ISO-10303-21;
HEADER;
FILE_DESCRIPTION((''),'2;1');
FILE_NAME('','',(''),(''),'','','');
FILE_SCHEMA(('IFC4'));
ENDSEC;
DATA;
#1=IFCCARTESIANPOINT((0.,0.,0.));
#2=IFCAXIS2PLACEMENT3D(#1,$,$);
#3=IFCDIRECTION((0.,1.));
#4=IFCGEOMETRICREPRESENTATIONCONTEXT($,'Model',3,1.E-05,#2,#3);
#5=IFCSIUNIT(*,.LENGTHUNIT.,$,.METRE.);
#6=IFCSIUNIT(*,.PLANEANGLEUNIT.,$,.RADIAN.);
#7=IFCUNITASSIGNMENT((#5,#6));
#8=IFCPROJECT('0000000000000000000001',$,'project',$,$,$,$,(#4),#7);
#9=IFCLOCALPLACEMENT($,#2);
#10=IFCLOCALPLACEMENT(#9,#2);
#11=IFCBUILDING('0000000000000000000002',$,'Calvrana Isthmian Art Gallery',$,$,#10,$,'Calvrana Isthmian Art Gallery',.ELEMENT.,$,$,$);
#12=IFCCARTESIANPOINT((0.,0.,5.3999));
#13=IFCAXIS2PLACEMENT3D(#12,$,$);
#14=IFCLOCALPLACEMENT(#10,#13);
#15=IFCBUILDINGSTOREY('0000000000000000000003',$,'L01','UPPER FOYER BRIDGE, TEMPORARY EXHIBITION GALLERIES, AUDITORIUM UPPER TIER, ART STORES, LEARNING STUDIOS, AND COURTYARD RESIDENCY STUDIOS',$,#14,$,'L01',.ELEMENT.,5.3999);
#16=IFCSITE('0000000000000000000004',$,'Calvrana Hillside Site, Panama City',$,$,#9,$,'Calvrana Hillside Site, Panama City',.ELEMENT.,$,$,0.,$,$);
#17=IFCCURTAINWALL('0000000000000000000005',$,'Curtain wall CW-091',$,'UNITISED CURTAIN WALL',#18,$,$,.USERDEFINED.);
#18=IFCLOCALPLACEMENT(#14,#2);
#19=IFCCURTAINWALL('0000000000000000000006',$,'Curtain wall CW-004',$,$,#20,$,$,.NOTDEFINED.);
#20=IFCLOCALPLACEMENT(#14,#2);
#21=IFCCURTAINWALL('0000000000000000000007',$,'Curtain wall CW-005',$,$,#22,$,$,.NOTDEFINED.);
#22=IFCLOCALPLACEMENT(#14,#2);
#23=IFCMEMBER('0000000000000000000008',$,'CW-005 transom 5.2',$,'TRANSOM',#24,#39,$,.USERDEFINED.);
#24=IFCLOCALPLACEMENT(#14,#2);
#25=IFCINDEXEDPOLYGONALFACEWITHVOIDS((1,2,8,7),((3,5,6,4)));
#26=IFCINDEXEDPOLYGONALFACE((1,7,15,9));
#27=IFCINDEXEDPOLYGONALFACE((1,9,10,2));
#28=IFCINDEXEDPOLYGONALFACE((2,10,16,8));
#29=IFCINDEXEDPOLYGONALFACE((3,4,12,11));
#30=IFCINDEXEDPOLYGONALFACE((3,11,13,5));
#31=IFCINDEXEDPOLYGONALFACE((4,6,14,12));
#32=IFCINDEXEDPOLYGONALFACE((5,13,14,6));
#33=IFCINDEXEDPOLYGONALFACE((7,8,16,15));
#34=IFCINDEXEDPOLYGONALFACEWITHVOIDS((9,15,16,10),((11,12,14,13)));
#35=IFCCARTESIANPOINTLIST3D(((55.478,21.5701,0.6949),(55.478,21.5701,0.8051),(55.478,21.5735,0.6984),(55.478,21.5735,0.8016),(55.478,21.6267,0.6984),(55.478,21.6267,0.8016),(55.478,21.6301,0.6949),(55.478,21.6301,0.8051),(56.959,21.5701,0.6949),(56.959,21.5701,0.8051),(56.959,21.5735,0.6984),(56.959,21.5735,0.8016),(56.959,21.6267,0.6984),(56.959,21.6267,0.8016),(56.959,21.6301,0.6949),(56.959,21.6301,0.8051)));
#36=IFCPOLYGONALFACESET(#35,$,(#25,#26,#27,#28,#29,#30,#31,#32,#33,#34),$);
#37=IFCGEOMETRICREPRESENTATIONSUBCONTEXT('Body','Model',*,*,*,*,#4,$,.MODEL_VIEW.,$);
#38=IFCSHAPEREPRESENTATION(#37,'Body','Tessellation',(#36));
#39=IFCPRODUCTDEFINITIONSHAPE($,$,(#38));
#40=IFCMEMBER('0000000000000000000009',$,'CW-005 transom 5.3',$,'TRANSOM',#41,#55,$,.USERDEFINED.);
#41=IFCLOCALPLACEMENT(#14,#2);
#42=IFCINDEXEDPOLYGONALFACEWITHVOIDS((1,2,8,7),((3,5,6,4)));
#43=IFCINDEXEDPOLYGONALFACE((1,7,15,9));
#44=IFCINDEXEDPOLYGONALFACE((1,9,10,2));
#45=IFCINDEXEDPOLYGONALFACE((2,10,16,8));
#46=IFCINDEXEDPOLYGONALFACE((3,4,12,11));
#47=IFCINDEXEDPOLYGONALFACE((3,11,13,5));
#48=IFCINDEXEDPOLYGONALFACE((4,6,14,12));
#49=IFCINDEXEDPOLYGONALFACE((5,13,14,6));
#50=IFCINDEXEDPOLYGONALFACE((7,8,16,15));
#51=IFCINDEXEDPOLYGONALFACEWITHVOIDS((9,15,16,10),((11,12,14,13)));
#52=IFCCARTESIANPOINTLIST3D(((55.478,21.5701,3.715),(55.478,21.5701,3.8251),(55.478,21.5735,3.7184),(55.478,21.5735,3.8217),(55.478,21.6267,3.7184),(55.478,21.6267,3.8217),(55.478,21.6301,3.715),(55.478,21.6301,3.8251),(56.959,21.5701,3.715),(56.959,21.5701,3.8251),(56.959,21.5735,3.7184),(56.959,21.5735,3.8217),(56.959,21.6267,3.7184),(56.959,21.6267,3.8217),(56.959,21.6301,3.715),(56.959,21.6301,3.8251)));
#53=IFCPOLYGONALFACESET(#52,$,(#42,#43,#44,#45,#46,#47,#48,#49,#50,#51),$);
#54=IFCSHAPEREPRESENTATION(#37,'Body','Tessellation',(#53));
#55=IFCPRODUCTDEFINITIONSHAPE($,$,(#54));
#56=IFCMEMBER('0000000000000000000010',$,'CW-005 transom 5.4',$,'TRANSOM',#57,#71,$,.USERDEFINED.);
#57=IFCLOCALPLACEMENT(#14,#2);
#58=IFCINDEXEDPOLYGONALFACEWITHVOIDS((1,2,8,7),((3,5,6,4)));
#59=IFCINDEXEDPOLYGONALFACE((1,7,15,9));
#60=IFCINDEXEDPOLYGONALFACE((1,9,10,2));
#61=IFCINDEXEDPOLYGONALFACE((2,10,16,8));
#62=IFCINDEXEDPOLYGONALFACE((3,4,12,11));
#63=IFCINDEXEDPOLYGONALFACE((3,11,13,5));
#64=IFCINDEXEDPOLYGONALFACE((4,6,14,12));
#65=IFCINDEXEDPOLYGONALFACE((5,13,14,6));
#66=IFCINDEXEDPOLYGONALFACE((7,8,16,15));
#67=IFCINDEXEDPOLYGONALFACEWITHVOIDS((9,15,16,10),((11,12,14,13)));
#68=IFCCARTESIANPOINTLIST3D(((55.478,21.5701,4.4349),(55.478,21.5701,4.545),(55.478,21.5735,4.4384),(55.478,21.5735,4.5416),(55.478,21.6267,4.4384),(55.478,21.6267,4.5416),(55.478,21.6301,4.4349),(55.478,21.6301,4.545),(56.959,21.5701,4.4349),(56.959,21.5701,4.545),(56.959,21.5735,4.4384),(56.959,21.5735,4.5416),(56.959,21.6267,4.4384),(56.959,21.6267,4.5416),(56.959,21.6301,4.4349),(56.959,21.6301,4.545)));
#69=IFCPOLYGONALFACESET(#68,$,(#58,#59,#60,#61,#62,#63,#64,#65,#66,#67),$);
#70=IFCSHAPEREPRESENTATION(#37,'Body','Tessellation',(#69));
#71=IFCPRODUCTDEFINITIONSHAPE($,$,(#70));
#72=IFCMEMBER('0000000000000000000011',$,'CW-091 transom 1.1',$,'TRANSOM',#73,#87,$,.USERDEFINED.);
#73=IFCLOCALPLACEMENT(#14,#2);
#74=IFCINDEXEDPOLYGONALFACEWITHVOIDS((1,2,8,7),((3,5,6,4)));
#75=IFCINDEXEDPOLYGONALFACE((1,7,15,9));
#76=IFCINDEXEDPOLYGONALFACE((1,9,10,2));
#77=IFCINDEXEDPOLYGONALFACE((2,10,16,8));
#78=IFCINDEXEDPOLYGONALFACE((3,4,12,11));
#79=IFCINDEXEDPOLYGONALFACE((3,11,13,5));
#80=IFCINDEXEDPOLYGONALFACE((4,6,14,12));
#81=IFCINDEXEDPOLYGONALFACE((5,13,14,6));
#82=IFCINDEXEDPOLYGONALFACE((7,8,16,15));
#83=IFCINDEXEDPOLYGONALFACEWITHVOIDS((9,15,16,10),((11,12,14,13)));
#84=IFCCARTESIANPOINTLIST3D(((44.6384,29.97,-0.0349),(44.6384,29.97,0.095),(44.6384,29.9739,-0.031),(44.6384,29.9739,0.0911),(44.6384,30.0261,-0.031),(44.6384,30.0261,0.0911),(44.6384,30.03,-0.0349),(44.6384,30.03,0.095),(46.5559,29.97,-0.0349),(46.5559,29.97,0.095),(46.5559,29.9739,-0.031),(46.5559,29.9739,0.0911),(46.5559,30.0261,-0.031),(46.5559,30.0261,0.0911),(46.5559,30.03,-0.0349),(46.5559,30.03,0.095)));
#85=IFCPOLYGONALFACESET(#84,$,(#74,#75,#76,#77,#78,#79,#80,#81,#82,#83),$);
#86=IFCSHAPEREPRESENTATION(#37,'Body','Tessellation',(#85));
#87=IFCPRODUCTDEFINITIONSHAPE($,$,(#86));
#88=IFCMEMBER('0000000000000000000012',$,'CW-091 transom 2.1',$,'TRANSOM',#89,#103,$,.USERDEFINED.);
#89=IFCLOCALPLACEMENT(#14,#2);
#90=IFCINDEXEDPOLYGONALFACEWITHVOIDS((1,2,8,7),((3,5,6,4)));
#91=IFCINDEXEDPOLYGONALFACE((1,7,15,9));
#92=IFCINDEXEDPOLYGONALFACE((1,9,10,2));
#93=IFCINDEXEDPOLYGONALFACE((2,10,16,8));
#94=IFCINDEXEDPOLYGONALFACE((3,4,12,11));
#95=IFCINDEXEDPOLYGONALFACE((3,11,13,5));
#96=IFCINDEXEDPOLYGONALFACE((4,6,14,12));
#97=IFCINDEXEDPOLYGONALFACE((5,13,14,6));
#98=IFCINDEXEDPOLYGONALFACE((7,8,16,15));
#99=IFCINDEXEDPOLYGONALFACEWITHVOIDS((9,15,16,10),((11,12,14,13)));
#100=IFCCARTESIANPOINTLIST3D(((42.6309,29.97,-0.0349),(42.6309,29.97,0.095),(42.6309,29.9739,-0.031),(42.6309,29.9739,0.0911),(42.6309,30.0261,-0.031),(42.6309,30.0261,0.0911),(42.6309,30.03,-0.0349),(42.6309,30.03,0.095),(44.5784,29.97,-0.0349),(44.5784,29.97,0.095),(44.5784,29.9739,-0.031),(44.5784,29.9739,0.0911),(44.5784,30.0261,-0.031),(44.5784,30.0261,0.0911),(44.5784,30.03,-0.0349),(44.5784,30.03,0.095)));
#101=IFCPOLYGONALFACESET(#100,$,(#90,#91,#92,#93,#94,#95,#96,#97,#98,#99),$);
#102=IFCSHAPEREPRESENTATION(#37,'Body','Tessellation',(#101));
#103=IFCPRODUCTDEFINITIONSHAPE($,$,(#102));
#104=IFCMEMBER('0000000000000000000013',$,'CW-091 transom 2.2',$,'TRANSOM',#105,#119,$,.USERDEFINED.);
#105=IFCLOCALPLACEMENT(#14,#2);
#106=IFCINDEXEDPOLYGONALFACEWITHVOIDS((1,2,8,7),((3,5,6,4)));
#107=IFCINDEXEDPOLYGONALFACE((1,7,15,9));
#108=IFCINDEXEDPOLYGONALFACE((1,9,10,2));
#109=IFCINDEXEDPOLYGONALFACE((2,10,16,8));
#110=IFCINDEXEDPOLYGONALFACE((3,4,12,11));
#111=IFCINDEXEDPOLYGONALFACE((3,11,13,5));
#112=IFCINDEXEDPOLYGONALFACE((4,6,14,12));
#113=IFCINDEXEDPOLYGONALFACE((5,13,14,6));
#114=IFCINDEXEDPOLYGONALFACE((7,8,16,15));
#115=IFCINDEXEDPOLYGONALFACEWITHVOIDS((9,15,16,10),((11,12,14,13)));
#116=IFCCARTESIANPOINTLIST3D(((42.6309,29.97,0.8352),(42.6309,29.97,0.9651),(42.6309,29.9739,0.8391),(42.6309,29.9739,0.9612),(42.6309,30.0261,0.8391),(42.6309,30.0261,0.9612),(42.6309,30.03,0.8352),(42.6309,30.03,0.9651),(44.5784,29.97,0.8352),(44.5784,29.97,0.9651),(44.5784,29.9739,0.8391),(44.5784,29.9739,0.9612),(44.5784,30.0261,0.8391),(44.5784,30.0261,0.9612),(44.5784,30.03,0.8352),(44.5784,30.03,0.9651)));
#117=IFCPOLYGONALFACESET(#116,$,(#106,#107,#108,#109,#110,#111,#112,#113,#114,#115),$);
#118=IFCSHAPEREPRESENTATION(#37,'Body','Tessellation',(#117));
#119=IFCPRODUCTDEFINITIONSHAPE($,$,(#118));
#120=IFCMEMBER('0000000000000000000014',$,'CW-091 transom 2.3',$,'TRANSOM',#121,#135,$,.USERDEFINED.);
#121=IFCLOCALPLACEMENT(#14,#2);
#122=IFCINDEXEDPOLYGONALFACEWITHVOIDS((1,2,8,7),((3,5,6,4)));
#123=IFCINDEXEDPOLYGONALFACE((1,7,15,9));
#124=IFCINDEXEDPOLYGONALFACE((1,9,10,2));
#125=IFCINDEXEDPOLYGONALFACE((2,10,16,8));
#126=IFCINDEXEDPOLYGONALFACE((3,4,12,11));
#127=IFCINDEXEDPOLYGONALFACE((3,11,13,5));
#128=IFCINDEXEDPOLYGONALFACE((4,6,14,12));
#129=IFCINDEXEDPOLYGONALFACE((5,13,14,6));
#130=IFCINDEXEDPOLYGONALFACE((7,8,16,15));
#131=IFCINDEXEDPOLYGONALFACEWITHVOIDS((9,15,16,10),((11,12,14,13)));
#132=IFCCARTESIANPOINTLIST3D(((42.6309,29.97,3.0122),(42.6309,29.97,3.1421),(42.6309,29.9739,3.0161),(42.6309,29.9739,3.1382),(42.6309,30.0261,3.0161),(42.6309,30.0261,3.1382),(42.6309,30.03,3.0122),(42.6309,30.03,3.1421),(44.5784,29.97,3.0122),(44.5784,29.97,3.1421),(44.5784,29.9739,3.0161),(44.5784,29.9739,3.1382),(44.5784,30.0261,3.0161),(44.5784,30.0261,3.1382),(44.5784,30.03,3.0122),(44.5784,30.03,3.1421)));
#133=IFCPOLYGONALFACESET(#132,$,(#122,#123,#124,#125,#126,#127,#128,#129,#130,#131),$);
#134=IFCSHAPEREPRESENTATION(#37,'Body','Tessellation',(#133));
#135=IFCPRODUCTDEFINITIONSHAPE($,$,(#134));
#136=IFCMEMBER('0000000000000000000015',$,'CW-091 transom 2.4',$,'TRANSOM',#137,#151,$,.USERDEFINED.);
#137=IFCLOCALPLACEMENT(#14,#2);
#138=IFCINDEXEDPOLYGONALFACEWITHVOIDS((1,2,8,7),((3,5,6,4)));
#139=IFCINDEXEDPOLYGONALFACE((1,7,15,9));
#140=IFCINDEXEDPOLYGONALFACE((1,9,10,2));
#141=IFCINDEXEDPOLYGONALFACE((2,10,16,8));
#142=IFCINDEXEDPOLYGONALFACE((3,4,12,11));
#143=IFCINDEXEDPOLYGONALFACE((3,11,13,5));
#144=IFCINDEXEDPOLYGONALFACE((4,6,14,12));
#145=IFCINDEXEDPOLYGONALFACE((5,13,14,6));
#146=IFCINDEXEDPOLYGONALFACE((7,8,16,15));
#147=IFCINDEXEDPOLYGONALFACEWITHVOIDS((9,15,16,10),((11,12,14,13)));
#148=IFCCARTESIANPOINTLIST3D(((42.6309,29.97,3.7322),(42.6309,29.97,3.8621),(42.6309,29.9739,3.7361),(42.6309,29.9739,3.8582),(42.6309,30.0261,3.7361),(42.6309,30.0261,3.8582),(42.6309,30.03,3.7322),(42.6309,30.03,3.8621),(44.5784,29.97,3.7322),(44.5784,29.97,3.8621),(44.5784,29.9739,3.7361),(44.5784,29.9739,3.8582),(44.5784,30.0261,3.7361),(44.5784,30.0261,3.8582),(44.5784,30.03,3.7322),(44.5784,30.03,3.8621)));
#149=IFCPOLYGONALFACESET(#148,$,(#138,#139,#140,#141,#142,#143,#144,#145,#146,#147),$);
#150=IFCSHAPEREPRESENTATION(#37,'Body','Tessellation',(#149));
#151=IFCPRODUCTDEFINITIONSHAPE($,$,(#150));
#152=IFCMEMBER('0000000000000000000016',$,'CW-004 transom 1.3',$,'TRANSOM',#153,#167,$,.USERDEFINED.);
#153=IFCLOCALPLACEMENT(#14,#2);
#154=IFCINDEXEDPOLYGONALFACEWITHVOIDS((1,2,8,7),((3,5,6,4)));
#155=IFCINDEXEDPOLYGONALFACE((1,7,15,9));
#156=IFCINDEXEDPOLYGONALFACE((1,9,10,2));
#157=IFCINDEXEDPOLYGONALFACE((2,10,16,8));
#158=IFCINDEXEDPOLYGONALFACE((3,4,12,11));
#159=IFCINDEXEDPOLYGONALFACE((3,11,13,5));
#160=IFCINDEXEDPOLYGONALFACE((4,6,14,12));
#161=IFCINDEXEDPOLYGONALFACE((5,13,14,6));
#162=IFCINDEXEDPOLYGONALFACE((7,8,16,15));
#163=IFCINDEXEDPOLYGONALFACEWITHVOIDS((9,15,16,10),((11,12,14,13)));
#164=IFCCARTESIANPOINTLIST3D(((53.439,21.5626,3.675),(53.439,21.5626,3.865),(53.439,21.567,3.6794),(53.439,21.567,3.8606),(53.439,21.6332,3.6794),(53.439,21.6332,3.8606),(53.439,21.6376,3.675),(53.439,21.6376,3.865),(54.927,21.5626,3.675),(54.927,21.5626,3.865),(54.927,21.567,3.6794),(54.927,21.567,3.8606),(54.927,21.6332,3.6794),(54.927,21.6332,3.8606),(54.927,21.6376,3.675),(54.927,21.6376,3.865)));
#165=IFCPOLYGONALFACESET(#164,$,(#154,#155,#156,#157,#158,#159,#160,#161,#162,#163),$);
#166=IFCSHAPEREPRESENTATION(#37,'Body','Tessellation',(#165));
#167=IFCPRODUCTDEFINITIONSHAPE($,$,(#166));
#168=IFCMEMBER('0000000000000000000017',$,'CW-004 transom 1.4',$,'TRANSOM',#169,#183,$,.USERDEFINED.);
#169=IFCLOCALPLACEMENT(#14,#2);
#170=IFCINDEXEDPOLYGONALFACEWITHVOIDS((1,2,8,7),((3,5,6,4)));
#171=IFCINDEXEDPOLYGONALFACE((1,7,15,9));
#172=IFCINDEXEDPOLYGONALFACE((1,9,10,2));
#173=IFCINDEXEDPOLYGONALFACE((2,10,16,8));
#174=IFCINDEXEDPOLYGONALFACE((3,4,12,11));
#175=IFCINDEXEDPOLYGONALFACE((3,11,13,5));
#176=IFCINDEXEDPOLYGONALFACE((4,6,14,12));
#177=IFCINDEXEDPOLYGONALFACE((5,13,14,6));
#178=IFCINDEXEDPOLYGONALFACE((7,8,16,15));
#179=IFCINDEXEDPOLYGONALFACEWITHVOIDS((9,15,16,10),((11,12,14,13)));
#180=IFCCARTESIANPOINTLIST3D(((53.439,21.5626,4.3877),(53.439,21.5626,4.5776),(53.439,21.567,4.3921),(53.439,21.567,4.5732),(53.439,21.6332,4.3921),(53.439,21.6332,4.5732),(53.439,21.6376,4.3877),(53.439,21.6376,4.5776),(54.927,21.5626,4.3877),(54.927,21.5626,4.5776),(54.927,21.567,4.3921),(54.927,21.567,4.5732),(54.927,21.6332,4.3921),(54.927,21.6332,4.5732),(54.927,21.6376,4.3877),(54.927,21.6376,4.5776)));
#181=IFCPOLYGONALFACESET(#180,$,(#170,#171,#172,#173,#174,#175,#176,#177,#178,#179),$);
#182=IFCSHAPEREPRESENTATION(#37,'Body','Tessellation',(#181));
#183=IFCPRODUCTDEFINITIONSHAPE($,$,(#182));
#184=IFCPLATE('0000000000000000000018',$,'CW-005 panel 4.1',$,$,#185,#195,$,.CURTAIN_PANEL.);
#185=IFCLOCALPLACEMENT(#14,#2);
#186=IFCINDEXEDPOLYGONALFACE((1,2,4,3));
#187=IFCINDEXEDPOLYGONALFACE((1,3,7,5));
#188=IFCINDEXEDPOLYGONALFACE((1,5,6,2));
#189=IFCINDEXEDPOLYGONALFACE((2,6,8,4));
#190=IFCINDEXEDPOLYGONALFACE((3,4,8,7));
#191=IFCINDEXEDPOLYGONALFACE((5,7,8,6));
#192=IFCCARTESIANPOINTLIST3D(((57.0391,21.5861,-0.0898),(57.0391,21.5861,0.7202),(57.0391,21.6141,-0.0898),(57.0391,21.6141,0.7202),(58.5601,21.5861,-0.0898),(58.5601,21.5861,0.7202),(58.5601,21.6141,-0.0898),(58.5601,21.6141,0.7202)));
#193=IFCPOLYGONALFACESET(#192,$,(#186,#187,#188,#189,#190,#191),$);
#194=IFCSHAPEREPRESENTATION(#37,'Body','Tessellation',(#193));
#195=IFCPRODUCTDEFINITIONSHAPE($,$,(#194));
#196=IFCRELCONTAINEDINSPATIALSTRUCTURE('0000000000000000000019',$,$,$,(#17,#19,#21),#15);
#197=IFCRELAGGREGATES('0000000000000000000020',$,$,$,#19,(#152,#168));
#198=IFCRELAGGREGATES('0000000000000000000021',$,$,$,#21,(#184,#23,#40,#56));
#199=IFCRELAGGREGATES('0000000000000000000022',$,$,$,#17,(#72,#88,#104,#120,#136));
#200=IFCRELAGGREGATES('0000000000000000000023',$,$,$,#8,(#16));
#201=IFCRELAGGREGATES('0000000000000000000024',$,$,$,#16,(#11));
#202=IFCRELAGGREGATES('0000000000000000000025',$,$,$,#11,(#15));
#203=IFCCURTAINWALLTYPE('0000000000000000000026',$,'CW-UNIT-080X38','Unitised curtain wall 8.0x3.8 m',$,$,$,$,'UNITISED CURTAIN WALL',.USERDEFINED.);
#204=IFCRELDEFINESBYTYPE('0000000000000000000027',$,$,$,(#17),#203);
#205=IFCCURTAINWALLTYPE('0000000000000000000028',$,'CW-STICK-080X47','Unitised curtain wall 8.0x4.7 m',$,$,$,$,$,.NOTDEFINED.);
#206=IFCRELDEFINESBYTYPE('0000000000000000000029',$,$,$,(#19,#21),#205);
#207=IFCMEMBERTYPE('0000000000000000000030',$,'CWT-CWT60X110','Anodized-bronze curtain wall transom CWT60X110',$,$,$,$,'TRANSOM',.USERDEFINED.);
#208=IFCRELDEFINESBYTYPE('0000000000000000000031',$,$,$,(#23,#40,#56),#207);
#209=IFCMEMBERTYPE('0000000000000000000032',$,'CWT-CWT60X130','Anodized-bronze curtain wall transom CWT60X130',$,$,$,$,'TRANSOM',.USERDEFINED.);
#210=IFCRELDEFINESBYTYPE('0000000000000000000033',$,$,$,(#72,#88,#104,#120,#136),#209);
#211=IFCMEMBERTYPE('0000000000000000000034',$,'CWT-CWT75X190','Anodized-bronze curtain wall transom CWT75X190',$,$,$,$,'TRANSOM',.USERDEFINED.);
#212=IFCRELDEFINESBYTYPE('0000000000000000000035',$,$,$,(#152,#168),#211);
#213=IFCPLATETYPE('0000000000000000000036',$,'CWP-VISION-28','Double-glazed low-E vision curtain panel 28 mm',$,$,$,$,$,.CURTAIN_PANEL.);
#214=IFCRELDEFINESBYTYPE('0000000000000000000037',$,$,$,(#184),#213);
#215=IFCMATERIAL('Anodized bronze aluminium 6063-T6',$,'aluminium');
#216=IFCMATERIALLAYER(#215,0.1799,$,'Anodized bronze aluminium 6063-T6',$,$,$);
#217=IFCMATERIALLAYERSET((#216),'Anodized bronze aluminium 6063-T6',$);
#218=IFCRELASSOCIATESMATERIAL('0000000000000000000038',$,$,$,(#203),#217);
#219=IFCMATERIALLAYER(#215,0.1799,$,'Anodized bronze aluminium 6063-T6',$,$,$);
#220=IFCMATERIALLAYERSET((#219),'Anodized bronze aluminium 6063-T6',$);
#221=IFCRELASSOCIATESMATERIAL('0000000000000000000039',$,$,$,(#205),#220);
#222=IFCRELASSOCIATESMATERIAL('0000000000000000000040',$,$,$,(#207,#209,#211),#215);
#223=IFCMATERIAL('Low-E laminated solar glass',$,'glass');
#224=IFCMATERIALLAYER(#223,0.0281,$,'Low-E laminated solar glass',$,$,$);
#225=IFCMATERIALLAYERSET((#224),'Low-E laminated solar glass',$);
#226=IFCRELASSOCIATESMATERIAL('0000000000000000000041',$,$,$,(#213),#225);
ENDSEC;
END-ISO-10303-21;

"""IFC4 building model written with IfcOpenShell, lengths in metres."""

from ifc_helpers import new_model, si_unit, direction, frame, origin, origin_2d, place, context, subcontext, project, spatial, rectangle, hollow_rectangle, extrude, material, layer, layer_set, material_profile, profile_set, type_object, element, aggregate, save


model = new_model("IFC4")

# Units and contexts
model_context = context("Model", 3, precision=1e-05, world=origin(), true_north=direction((0.0, 1.0)))
body_context = subcontext(model_context, "Body", "Model", "MODEL_VIEW")
ifc_project = project(units=[si_unit("LENGTHUNIT", "METRE"), si_unit("PLANEANGLEUNIT", "RADIAN")], contexts=[model_context])

# Site, building, storey
site_placement = place(None, origin())
site = spatial("IfcSite", under=ifc_project, at=site_placement, Name="Calvrana Hillside Site, Panama City", LongName="Calvrana Hillside Site, Panama City", CompositionType="ELEMENT", RefElevation=0.0)
building_placement = place(site_placement, origin())
building = spatial("IfcBuilding", under=site, at=building_placement, Name="Calvrana Isthmian Art Gallery", LongName="Calvrana Isthmian Art Gallery", CompositionType="ELEMENT")
storey_placement = place(building_placement, frame((0.0, 0.0, 5.3999)))
storey = spatial("IfcBuildingStorey", under=building, at=storey_placement, Name="L01", Description="UPPER FOYER BRIDGE, TEMPORARY EXHIBITION GALLERIES, AUDITORIUM UPPER TIER, ART STORES, LEARNING STUDIOS, AND COURTYARD RESIDENCY STUDIOS", LongName="L01", CompositionType="ELEMENT", Elevation=5.3999)

# Curtain walls
ifc_material_1 = material(Name="Anodized bronze aluminium 6063-T6", Category="aluminium")
ifc_layer_1 = layer(ifc_material_1, 0.1799, Name="Anodized bronze aluminium 6063-T6")
ifc_layer_set_1 = layer_set([ifc_layer_1], Name="Anodized bronze aluminium 6063-T6")
curtain_wall_type_1 = type_object("IfcCurtainWallType", Name="CW-UNIT-080X38", Description="Unitised curtain wall 8.0x3.8 m", ElementType="UNITISED CURTAIN WALL", PredefinedType="USERDEFINED", material=ifc_layer_set_1)
curtain_wall_1_placement = place(storey_placement, origin())
curtain_wall_1 = element("IfcCurtainWall", 1, at=curtain_wall_1_placement, inside=storey, type_object=curtain_wall_type_1, Name="Curtain wall CW-091", ObjectType="UNITISED CURTAIN WALL", PredefinedType="USERDEFINED")
ifc_layer_2 = layer(ifc_material_1, 0.1799, Name="Anodized bronze aluminium 6063-T6")
ifc_layer_set_2 = layer_set([ifc_layer_2], Name="Anodized bronze aluminium 6063-T6")
curtain_wall_type_2 = type_object("IfcCurtainWallType", Name="CW-STICK-080X47", Description="Unitised curtain wall 8.0x4.7 m", PredefinedType="NOTDEFINED", material=ifc_layer_set_2)
curtain_wall_2_placement = place(storey_placement, origin())
curtain_wall_2 = element("IfcCurtainWall", 2, at=curtain_wall_2_placement, inside=storey, type_object=curtain_wall_type_2, Name="Curtain wall CW-004", PredefinedType="NOTDEFINED")

# Curtain wall, members
curtain_wall_3_placement = place(storey_placement, origin())
curtain_wall_3 = element("IfcCurtainWall", 3, at=curtain_wall_3_placement, inside=storey, type_object=curtain_wall_type_2, Name="Curtain wall CW-005", PredefinedType="NOTDEFINED")
ifc_material_profile_1 = material_profile(ifc_material_1, hollow_rectangle(XDim=0.0601, YDim=0.1101, WallThickness=0.0034, at=origin_2d()), Name="CWT60X110")
ifc_profile_set_1 = profile_set([ifc_material_profile_1], Name="Anodized bronze aluminium 6063-T6")
member_type_1 = type_object("IfcMemberType", Name="CWT-CWT60X110", Description="Anodized-bronze curtain wall transom CWT60X110", ElementType="TRANSOM", PredefinedType="USERDEFINED", material=ifc_profile_set_1)
member_1_placement = place(storey_placement, frame((56.959, 21.6001, 0.75), z_axis=(-1.0, 0.0, 0.0), x_axis=(0.0, -1.0, 0.0)))
member_1 = element("IfcMember", 4, at=member_1_placement, type_object=member_type_1, Name="CW-005 transom 5.2", ObjectType="TRANSOM", PredefinedType="USERDEFINED", context=body_context, shape_type="SweptSolid", body=[
    extrude(hollow_rectangle(XDim=0.0601, YDim=0.1101, WallThickness=0.0034, at=origin_2d()), origin(), (0.0, 0.0, 1.0), 1.481),
])
member_2_placement = place(storey_placement, frame((56.959, 21.6001, 3.77), z_axis=(-1.0, 0.0, 0.0), x_axis=(0.0, -1.0, 0.0)))
member_2 = element("IfcMember", 5, at=member_2_placement, type_object=member_type_1, Name="CW-005 transom 5.3", ObjectType="TRANSOM", PredefinedType="USERDEFINED", context=body_context, shape_type="SweptSolid", body=[
    extrude(hollow_rectangle(XDim=0.0601, YDim=0.1101, WallThickness=0.0034, at=origin_2d()), origin(), (0.0, 0.0, 1.0), 1.481),
])
member_3_placement = place(storey_placement, frame((56.959, 21.6001, 4.49), z_axis=(-1.0, 0.0, 0.0), x_axis=(0.0, -1.0, 0.0)))
member_3 = element("IfcMember", 6, at=member_3_placement, type_object=member_type_1, Name="CW-005 transom 5.4", ObjectType="TRANSOM", PredefinedType="USERDEFINED", context=body_context, shape_type="SweptSolid", body=[
    extrude(hollow_rectangle(XDim=0.0601, YDim=0.1101, WallThickness=0.0034, at=origin_2d()), origin(), (0.0, 0.0, 1.0), 1.481),
])

# Members
ifc_material_profile_2 = material_profile(ifc_material_1, hollow_rectangle(XDim=0.0601, YDim=0.1299, WallThickness=0.0039, at=origin_2d()), Name="CWT60X130")
ifc_profile_set_2 = profile_set([ifc_material_profile_2], Name="Anodized bronze aluminium 6063-T6")
member_type_2 = type_object("IfcMemberType", Name="CWT-CWT60X130", Description="Anodized-bronze curtain wall transom CWT60X130", ElementType="TRANSOM", PredefinedType="USERDEFINED", material=ifc_profile_set_2)
member_4_placement = place(storey_placement, frame((46.5559, 30.0, 0.03), z_axis=(-1.0, 0.0, 0.0), x_axis=(0.0, -1.0, 0.0)))
member_4 = element("IfcMember", 7, at=member_4_placement, type_object=member_type_2, Name="CW-091 transom 1.1", ObjectType="TRANSOM", PredefinedType="USERDEFINED", context=body_context, shape_type="SweptSolid", body=[
    extrude(hollow_rectangle(XDim=0.0601, YDim=0.1299, WallThickness=0.0039, at=origin_2d()), origin(), (0.0, 0.0, 1.0), 1.9175),
])
member_5_placement = place(storey_placement, frame((44.5784, 30.0, 0.03), z_axis=(-1.0, 0.0, 0.0), x_axis=(0.0, -1.0, 0.0)))
member_5 = element("IfcMember", 8, at=member_5_placement, type_object=member_type_2, Name="CW-091 transom 2.1", ObjectType="TRANSOM", PredefinedType="USERDEFINED", context=body_context, shape_type="SweptSolid", body=[
    extrude(hollow_rectangle(XDim=0.0601, YDim=0.1299, WallThickness=0.0039, at=origin_2d()), origin(), (0.0, 0.0, 1.0), 1.9475),
])
member_6_placement = place(storey_placement, frame((44.5784, 30.0, 0.9001), z_axis=(-1.0, 0.0, 0.0), x_axis=(0.0, -1.0, 0.0)))
member_6 = element("IfcMember", 9, at=member_6_placement, type_object=member_type_2, Name="CW-091 transom 2.2", ObjectType="TRANSOM", PredefinedType="USERDEFINED", context=body_context, shape_type="SweptSolid", body=[
    extrude(hollow_rectangle(XDim=0.0601, YDim=0.1299, WallThickness=0.0039, at=origin_2d()), origin(), (0.0, 0.0, 1.0), 1.9475),
])
member_7_placement = place(storey_placement, frame((44.5784, 30.0, 3.0771), z_axis=(-1.0, 0.0, 0.0), x_axis=(0.0, -1.0, 0.0)))
member_7 = element("IfcMember", 10, at=member_7_placement, type_object=member_type_2, Name="CW-091 transom 2.3", ObjectType="TRANSOM", PredefinedType="USERDEFINED", context=body_context, shape_type="SweptSolid", body=[
    extrude(hollow_rectangle(XDim=0.0601, YDim=0.1299, WallThickness=0.0039, at=origin_2d()), origin(), (0.0, 0.0, 1.0), 1.9475),
])
member_8_placement = place(storey_placement, frame((44.5784, 30.0, 3.7971), z_axis=(-1.0, 0.0, 0.0), x_axis=(0.0, -1.0, 0.0)))
member_8 = element("IfcMember", 11, at=member_8_placement, type_object=member_type_2, Name="CW-091 transom 2.4", ObjectType="TRANSOM", PredefinedType="USERDEFINED", context=body_context, shape_type="SweptSolid", body=[
    extrude(hollow_rectangle(XDim=0.0601, YDim=0.1299, WallThickness=0.0039, at=origin_2d()), origin(), (0.0, 0.0, 1.0), 1.9475),
])
ifc_material_profile_3 = material_profile(ifc_material_1, hollow_rectangle(XDim=0.075, YDim=0.1899, WallThickness=0.0044, at=origin_2d()), Name="CWT75X190")
ifc_profile_set_3 = profile_set([ifc_material_profile_3], Name="Anodized bronze aluminium 6063-T6")
member_type_3 = type_object("IfcMemberType", Name="CWT-CWT75X190", Description="Anodized-bronze curtain wall transom CWT75X190", ElementType="TRANSOM", PredefinedType="USERDEFINED", material=ifc_profile_set_3)
member_9_placement = place(storey_placement, frame((54.927, 21.6001, 3.77), z_axis=(-1.0, 0.0, 0.0), x_axis=(0.0, -1.0, 0.0)))
member_9 = element("IfcMember", 12, at=member_9_placement, type_object=member_type_3, Name="CW-004 transom 1.3", ObjectType="TRANSOM", PredefinedType="USERDEFINED", context=body_context, shape_type="SweptSolid", body=[
    extrude(hollow_rectangle(XDim=0.075, YDim=0.1899, WallThickness=0.0044, at=origin_2d()), origin(), (0.0, 0.0, 1.0), 1.488),
])
member_10_placement = place(storey_placement, frame((54.927, 21.6001, 4.4827), z_axis=(-1.0, 0.0, 0.0), x_axis=(0.0, -1.0, 0.0)))
member_10 = element("IfcMember", 13, at=member_10_placement, type_object=member_type_3, Name="CW-004 transom 1.4", ObjectType="TRANSOM", PredefinedType="USERDEFINED", context=body_context, shape_type="SweptSolid", body=[
    extrude(hollow_rectangle(XDim=0.075, YDim=0.1899, WallThickness=0.0044, at=origin_2d()), origin(), (0.0, 0.0, 1.0), 1.488),
])
aggregate(curtain_wall_2, [member_9, member_10])

# Plate
ifc_material_2 = material(Name="Low-E laminated solar glass", Category="glass")
ifc_layer_3 = layer(ifc_material_2, 0.0281, Name="Low-E laminated solar glass")
ifc_layer_set_3 = layer_set([ifc_layer_3], Name="Low-E laminated solar glass")
plate_type_1 = type_object("IfcPlateType", Name="CWP-VISION-28", Description="Double-glazed low-E vision curtain panel 28 mm", PredefinedType="CURTAIN_PANEL", material=ifc_layer_set_3)
plate_1_placement = place(storey_placement, frame((57.7996, 21.6001, -0.0898), z_axis=(0.0, 0.0, 1.0), x_axis=(-1.0, 0.0, 0.0)))
plate_1 = element("IfcPlate", 14, at=plate_1_placement, type_object=plate_type_1, Name="CW-005 panel 4.1", PredefinedType="CURTAIN_PANEL", context=body_context, shape_type="SweptSolid", body=[
    extrude(rectangle(XDim=1.521, YDim=0.0281, at=origin_2d()), origin(), (0.0, 0.0, 1.0), 0.8101),
])
aggregate(curtain_wall_3, [plate_1, member_1, member_2, member_3])
aggregate(curtain_wall_1, [member_4, member_5, member_6, member_7, member_8])

save(model, "model.ifc")
